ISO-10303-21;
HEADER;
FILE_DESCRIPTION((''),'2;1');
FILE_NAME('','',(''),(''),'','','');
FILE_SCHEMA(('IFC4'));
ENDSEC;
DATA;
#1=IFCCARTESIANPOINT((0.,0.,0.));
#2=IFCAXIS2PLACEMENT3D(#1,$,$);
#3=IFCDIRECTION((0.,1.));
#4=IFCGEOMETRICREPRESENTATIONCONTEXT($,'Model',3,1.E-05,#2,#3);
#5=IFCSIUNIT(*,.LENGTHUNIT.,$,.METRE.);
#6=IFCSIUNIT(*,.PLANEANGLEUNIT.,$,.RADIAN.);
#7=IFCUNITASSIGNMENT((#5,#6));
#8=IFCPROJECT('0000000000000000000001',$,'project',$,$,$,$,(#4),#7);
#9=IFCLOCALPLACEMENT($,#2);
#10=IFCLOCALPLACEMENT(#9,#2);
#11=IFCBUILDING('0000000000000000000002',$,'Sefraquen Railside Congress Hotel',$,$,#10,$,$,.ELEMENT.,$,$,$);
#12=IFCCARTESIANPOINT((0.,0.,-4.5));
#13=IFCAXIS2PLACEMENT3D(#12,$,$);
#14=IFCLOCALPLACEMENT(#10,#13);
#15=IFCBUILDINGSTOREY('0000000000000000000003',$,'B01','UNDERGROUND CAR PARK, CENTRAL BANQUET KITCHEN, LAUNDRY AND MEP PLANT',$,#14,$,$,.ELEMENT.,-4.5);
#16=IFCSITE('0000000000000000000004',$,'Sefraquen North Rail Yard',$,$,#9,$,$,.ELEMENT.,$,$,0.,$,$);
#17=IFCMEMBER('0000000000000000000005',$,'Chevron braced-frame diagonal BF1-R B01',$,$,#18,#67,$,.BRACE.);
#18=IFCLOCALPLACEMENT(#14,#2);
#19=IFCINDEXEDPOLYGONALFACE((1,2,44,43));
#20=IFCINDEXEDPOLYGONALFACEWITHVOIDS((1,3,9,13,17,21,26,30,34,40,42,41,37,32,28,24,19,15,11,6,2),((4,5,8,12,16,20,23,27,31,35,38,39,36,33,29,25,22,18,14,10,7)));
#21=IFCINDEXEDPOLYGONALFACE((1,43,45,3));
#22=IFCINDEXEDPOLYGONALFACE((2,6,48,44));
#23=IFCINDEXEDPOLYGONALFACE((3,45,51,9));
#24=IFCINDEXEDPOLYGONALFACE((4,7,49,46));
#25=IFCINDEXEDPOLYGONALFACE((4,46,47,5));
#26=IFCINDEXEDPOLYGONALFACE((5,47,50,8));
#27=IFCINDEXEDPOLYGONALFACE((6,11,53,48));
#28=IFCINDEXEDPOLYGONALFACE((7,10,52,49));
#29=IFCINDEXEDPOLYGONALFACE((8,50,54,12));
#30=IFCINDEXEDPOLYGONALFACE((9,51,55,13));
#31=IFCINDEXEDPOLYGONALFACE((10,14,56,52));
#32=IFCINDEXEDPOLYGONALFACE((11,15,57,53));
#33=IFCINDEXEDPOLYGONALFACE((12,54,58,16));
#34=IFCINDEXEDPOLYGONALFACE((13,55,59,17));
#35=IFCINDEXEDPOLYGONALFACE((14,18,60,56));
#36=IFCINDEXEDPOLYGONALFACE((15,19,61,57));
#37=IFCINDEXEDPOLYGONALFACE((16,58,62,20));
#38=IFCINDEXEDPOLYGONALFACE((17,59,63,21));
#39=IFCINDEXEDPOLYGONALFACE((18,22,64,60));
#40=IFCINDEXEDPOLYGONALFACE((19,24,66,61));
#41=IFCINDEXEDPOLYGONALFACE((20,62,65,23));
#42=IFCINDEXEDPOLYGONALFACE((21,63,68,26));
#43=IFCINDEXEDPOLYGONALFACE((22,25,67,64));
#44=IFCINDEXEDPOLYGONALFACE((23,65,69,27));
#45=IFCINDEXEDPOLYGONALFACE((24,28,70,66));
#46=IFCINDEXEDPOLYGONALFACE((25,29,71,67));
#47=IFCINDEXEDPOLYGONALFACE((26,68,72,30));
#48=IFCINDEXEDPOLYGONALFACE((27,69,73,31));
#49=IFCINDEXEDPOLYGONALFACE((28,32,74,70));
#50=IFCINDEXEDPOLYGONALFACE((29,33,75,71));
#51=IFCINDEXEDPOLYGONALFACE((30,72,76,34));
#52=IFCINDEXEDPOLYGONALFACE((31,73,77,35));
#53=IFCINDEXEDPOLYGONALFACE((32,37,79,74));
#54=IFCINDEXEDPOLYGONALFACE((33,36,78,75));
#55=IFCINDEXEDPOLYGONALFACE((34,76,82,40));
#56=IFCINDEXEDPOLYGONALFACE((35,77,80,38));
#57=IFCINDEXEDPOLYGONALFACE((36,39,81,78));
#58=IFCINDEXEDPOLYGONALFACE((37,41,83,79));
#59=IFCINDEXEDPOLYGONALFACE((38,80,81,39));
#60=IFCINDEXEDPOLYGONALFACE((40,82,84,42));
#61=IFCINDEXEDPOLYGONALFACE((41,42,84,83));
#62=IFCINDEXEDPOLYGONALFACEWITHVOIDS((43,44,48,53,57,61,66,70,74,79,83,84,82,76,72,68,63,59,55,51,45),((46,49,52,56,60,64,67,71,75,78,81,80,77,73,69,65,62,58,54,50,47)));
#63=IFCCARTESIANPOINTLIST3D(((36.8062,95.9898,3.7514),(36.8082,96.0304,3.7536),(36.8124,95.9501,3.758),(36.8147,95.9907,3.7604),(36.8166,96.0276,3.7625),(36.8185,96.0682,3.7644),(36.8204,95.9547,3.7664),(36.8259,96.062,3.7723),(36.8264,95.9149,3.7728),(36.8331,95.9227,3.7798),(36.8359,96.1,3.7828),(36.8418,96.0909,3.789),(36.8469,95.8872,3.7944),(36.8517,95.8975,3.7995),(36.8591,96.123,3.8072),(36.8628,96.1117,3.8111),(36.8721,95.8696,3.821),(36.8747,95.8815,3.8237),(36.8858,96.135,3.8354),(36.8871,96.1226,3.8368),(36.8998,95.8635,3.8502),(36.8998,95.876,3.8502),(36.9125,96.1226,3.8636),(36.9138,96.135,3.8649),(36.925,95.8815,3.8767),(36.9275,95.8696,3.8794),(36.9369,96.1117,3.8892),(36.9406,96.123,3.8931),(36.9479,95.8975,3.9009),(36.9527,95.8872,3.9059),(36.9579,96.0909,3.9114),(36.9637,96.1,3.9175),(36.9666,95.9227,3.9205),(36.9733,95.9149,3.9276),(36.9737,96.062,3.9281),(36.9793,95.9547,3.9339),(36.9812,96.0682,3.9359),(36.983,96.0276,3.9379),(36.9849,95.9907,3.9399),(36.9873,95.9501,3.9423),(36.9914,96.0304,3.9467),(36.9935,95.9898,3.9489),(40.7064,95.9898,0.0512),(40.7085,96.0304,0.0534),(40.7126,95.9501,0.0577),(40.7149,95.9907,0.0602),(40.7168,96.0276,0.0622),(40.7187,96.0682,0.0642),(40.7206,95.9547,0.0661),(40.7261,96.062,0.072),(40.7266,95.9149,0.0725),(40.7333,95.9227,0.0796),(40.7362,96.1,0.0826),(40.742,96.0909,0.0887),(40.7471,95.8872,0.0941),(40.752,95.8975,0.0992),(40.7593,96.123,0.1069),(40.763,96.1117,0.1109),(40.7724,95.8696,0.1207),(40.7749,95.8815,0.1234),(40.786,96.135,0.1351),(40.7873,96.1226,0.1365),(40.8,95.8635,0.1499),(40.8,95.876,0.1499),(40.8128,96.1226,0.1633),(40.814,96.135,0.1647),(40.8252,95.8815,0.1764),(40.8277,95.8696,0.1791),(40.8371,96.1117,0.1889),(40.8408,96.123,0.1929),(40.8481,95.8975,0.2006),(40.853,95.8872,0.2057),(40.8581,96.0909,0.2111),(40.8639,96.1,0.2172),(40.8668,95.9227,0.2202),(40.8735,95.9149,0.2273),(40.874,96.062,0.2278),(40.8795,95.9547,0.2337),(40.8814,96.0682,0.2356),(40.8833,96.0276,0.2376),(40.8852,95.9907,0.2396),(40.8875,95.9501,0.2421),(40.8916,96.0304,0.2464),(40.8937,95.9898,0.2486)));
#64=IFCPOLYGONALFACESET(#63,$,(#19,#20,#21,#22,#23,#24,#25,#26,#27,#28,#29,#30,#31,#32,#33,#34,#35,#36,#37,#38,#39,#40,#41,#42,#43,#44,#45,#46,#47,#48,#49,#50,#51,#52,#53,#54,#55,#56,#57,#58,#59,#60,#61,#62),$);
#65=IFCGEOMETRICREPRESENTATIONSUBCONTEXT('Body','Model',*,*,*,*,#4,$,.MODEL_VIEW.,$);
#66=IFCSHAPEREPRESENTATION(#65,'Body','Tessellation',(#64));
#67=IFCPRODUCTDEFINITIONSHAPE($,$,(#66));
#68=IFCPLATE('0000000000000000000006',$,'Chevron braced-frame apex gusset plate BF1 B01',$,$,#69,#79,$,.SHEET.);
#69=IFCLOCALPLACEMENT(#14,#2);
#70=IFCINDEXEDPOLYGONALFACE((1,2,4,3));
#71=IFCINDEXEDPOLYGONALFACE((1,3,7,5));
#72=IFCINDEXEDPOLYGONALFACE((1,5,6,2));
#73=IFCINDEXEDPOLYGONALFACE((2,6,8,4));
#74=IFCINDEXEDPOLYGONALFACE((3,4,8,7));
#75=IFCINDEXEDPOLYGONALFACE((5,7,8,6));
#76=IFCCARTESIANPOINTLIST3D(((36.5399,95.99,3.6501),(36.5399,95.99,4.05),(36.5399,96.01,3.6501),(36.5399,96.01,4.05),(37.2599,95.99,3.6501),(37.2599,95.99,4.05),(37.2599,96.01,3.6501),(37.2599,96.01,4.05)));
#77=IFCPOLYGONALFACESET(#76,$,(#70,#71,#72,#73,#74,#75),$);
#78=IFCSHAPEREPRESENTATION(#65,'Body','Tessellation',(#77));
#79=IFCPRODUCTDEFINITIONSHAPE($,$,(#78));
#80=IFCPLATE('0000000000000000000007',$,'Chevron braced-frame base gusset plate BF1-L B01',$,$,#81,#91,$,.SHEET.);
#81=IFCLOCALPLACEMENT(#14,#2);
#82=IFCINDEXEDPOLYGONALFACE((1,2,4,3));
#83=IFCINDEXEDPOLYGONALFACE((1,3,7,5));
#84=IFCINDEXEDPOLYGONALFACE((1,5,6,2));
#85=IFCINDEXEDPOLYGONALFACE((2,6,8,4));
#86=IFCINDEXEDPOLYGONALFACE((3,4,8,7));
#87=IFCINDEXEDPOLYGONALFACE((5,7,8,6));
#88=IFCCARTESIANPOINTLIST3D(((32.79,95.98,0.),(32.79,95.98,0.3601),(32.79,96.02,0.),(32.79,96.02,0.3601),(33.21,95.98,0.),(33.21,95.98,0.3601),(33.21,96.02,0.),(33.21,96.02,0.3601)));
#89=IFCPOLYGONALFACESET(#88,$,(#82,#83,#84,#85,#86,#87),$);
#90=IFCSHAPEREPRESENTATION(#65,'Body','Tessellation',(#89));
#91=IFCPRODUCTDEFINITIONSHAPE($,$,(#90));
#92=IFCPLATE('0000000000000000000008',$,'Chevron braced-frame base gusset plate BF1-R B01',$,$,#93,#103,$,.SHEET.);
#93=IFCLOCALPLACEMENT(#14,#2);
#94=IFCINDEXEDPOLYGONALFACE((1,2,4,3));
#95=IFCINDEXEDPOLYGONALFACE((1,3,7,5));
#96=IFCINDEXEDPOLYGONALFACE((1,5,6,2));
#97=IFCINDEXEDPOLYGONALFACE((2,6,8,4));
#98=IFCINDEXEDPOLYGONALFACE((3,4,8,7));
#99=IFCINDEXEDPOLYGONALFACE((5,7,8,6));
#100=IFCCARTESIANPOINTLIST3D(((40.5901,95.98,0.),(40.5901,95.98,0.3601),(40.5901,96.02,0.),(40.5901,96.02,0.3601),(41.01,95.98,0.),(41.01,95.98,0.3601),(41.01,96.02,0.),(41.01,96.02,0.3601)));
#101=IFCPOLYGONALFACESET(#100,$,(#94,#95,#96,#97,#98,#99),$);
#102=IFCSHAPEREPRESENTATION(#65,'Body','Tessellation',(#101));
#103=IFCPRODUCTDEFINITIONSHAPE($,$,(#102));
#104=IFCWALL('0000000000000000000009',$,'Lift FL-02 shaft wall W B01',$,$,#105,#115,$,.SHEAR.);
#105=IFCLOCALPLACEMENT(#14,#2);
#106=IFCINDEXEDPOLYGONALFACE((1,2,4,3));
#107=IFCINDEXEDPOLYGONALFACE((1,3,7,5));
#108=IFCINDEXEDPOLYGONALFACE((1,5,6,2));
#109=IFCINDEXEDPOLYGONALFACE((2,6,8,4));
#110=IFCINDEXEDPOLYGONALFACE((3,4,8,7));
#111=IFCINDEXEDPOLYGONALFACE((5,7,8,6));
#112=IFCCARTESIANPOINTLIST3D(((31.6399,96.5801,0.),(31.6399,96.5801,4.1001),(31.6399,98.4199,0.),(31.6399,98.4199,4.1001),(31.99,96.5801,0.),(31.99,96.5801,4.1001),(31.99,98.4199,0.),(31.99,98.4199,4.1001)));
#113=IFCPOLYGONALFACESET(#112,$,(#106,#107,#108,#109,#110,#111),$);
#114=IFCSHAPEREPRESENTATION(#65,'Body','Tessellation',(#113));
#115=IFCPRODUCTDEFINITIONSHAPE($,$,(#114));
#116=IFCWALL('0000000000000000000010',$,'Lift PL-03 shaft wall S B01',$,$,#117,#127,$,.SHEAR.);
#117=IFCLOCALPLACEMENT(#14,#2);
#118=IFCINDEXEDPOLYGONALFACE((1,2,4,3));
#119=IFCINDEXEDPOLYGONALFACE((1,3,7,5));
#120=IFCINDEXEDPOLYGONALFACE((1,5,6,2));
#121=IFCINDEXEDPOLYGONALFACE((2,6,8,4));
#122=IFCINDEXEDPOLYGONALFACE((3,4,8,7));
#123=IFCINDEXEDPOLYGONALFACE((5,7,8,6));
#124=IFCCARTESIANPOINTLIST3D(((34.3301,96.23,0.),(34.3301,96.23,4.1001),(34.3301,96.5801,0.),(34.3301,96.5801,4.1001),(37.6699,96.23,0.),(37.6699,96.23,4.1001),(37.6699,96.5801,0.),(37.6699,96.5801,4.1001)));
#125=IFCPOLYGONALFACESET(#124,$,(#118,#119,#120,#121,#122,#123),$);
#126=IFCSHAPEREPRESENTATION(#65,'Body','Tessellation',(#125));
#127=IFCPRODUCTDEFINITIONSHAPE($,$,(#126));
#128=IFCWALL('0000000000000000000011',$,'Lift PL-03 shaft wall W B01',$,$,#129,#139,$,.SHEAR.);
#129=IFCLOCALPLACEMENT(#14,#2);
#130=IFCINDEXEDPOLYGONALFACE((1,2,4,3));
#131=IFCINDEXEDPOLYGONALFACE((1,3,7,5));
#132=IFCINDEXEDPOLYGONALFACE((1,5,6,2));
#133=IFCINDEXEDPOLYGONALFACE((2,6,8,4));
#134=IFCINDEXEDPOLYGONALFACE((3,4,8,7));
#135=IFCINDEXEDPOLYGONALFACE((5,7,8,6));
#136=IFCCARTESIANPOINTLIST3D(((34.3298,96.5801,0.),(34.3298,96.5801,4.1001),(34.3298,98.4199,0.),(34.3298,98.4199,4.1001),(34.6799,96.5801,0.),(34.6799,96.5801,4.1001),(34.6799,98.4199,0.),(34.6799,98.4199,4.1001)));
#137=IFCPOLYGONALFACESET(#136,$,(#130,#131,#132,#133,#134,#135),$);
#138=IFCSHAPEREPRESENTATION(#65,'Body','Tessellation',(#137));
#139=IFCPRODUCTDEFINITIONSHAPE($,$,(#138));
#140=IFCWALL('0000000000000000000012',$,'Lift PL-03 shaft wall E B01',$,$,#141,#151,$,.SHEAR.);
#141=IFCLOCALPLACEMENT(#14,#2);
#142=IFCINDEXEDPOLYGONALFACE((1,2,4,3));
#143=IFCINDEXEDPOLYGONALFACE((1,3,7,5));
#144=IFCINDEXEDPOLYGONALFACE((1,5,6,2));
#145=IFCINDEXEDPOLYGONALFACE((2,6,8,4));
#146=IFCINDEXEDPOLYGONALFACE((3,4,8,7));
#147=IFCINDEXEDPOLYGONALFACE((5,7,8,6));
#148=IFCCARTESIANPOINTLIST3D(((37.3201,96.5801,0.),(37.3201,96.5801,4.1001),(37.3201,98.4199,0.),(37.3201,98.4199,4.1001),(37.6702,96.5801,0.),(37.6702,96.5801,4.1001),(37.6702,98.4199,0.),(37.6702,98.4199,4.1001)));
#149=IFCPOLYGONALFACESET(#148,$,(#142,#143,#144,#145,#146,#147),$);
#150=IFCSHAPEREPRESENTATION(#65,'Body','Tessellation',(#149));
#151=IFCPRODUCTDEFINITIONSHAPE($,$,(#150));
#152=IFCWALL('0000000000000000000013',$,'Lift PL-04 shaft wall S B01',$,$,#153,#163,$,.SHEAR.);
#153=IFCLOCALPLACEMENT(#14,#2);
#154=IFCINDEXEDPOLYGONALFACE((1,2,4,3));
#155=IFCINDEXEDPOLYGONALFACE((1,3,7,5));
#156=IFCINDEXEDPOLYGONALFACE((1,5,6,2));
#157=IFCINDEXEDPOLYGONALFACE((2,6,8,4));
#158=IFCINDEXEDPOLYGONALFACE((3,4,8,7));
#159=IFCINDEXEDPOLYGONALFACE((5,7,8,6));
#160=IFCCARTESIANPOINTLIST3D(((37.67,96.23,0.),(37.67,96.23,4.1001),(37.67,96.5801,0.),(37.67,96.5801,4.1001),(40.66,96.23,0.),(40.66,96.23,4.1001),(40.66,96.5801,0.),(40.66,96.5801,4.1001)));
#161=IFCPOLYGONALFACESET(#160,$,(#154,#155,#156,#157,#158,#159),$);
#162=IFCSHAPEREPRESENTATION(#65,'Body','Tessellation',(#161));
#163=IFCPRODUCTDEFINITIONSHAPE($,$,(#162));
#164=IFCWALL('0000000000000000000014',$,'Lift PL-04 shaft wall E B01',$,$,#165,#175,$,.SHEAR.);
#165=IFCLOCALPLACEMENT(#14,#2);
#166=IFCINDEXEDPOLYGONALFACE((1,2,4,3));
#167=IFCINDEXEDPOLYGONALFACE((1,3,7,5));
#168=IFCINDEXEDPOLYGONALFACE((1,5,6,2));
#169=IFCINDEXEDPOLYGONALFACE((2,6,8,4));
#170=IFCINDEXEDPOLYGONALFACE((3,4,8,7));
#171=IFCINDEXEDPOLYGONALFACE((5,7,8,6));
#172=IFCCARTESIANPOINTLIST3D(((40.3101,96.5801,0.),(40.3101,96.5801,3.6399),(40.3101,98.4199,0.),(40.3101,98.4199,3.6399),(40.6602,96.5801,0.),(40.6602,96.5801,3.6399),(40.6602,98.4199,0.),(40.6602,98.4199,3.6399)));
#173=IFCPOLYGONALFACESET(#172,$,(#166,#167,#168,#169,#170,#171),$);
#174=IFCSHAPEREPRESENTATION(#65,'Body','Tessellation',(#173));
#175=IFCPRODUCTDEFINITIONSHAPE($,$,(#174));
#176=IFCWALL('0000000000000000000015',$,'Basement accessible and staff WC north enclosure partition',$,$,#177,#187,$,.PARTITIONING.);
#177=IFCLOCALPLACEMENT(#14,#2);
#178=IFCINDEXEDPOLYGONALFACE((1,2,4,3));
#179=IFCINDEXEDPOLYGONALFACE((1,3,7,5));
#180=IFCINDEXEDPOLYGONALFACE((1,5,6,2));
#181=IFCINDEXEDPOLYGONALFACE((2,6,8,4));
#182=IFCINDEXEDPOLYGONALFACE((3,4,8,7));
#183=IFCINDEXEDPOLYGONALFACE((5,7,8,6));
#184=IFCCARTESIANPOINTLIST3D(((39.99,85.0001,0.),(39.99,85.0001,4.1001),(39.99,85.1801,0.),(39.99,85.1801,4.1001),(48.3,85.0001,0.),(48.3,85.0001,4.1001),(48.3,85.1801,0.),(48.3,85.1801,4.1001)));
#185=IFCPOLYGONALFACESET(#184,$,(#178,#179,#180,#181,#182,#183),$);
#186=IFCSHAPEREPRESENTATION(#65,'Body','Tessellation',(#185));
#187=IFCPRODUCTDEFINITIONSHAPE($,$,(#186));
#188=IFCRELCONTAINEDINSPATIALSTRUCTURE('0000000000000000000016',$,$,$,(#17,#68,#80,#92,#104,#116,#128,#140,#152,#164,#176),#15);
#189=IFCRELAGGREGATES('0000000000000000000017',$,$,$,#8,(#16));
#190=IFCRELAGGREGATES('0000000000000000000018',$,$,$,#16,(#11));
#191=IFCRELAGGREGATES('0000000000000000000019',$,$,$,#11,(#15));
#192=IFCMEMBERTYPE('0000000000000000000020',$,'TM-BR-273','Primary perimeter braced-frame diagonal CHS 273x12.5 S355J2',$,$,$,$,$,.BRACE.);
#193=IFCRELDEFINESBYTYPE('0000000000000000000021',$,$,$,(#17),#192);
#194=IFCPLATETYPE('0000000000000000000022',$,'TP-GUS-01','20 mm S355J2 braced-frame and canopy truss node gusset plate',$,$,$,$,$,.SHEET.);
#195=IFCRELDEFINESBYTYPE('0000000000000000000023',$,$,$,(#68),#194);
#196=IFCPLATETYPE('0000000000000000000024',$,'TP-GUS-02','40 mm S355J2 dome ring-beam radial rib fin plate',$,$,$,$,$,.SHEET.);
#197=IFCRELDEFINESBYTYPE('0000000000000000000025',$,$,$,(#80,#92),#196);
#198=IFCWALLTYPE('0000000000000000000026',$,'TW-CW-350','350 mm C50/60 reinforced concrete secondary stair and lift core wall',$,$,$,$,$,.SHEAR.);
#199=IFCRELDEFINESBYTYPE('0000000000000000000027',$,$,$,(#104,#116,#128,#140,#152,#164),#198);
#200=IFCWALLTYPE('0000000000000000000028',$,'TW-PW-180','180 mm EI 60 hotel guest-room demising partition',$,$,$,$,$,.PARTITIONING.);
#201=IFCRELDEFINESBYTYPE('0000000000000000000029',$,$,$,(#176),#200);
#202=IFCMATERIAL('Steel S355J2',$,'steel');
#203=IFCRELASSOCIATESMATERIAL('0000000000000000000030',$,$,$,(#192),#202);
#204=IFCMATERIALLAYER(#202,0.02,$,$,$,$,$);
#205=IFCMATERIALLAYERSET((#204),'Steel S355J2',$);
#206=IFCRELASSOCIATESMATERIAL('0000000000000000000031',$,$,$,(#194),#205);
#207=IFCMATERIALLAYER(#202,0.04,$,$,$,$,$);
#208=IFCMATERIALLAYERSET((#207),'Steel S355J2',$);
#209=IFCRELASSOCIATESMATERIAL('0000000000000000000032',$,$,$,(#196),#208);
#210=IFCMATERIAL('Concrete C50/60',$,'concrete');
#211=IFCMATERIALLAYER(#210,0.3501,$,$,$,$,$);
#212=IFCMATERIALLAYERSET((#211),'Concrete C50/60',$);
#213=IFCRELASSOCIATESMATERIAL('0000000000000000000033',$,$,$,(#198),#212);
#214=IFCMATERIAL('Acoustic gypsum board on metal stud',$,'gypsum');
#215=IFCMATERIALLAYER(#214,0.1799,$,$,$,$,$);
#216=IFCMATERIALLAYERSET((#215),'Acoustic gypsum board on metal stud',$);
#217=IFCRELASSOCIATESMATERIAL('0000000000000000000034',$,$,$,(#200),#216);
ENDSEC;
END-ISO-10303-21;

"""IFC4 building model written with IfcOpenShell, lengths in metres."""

from ifc_helpers import new_model, si_unit, direction, frame, frame_2d, origin, origin_2d, place, context, subcontext, project, spatial, rectangle, hollow_circle, extrude, material, layer, layer_set, material_profile, profile_set, type_object, element, save


model = new_model("IFC4")

# Units and contexts
model_context = context("Model", 3, precision=1e-05, world=origin(), true_north=direction((0.0, 1.0)))
body_context = subcontext(model_context, "Body", "Model", "MODEL_VIEW")
ifc_project = project(units=[si_unit("LENGTHUNIT", "METRE"), si_unit("PLANEANGLEUNIT", "RADIAN")], contexts=[model_context])

# Site, building, storey
site_placement = place(None, origin())
site = spatial("IfcSite", under=ifc_project, at=site_placement, Name="Sefraquen North Rail Yard", CompositionType="ELEMENT", RefElevation=0.0)
building_placement = place(site_placement, origin())
building = spatial("IfcBuilding", under=site, at=building_placement, Name="Sefraquen Railside Congress Hotel", CompositionType="ELEMENT")
storey_placement = place(building_placement, frame((0.0, 0.0, -4.5)))
storey = spatial("IfcBuildingStorey", under=building, at=storey_placement, Name="B01", Description="UNDERGROUND CAR PARK, CENTRAL BANQUET KITCHEN, LAUNDRY AND MEP PLANT", CompositionType="ELEMENT", Elevation=-4.5)

# Shared definitions
ifc_material_1 = material(Name="Steel S355J2", Category="steel")
ifc_material_2 = material(Name="Concrete C50/60", Category="concrete")

# Member
ifc_material_profile_1 = material_profile(ifc_material_1, hollow_circle(Radius=0.1365, WallThickness=0.0125, at=origin_2d()), Name="CHS 273x12.5")
ifc_profile_set_1 = profile_set([ifc_material_profile_1], Name="Steel S355J2")
member_type = type_object("IfcMemberType", Name="TM-BR-273", Description="Primary perimeter braced-frame diagonal CHS 273x12.5 S355J2", PredefinedType="BRACE", material=ifc_profile_set_1)
member_1_placement = place(storey_placement, frame((40.8, 96.0, 0.1499), z_axis=(-0.725458, 0.0, 0.688266), x_axis=(0.0, -1.0, 0.0)))
element("IfcMember", 1, at=member_1_placement, inside=storey, type_object=member_type, Name="Chevron braced-frame diagonal BF1-R B01", PredefinedType="BRACE", context=body_context, shape_type="SweptSolid", body=[
    extrude(hollow_circle(Radius=0.1365, WallThickness=0.0125, at=origin_2d()), origin(), (0.0, 0.0, 1.0), 5.3762),
])

# Plates
ifc_layer_1 = layer(ifc_material_1, 0.02)
ifc_layer_set_1 = layer_set([ifc_layer_1], Name="Steel S355J2")
plate_type_1 = type_object("IfcPlateType", Name="TP-GUS-01", Description="20 mm S355J2 braced-frame and canopy truss node gusset plate", PredefinedType="SHEET", material=ifc_layer_set_1)
plate_placement = place(storey_placement, frame((36.8999, 96.0, 3.6501), z_axis=(0.0, 0.0, 1.0), x_axis=(1.0, 0.0, 0.0)))
element("IfcPlate", 2, at=plate_placement, inside=storey, type_object=plate_type_1, Name="Chevron braced-frame apex gusset plate BF1 B01", PredefinedType="SHEET", context=body_context, shape_type="SweptSolid", body=[
    extrude(rectangle(XDim=0.72, YDim=0.02, at=origin_2d()), origin(), (0.0, 0.0, 1.0), 0.3999),
])
ifc_layer_2 = layer(ifc_material_1, 0.04)
ifc_layer_set_2 = layer_set([ifc_layer_2], Name="Steel S355J2")
plate_type_2 = type_object("IfcPlateType", Name="TP-GUS-02", Description="40 mm S355J2 dome ring-beam radial rib fin plate", PredefinedType="SHEET", material=ifc_layer_set_2)
for number, where, z_axis, x_axis, name in (
    (3, (33.0, 96.0, 0.0), (0.0, 0.0, 1.0), (1.0, 0.0, 0.0), "Chevron braced-frame base gusset plate BF1-L B01"),
    (4, (40.8, 96.0, 0.0), (0.0, 0.0, 1.0), (1.0, 0.0, 0.0), "Chevron braced-frame base gusset plate BF1-R B01"),
):
    element("IfcPlate", number, at=place(storey_placement, frame(where, z_axis=z_axis, x_axis=x_axis)), inside=storey, type_object=plate_type_2, Name=name, PredefinedType="SHEET", context=body_context, shape_type="SweptSolid", body=[
        extrude(rectangle(XDim=0.4199, YDim=0.04, at=origin_2d()), origin(), (0.0, 0.0, 1.0), 0.3601),
    ])

# Walls
ifc_layer_3 = layer(ifc_material_2, 0.3501)
ifc_layer_set_3 = layer_set([ifc_layer_3], Name="Concrete C50/60")
wall_type_1 = type_object("IfcWallType", Name="TW-CW-350", Description="350 mm C50/60 reinforced concrete secondary stair and lift core wall", PredefinedType="SHEAR", material=ifc_layer_set_3)
wall_1_placement = place(storey_placement, frame((31.8149, 96.5801, 0.0), z_axis=(0.0, 0.0, 1.0), x_axis=(0.0, 1.0, 0.0)))
element("IfcWall", 5, at=wall_1_placement, inside=storey, type_object=wall_type_1, Name="Lift FL-02 shaft wall W B01", PredefinedType="SHEAR", context=body_context, shape_type="SweptSolid", body=[
    extrude(rectangle(XDim=1.8398, YDim=0.3501, at=frame_2d((0.9199, 0.0))), origin(), (0.0, 0.0, 1.0), 4.1001),
])
wall_2_placement = place(storey_placement, frame((34.3301, 96.405, 0.0), z_axis=(0.0, 0.0, 1.0), x_axis=(1.0, 0.0, 0.0)))
element("IfcWall", 6, at=wall_2_placement, inside=storey, type_object=wall_type_1, Name="Lift PL-03 shaft wall S B01", PredefinedType="SHEAR", context=body_context, shape_type="SweptSolid", body=[
    extrude(rectangle(XDim=3.3398, YDim=0.3501, at=frame_2d((1.6699, 0.0))), origin(), (0.0, 0.0, 1.0), 4.1001),
])
for number, where, z_axis, x_axis, name in (
    (7, (34.5049, 96.5801, 0.0), (0.0, 0.0, 1.0), (0.0, 1.0, 0.0), "Lift PL-03 shaft wall W B01"),
    (8, (37.4951, 96.5801, 0.0), (0.0, 0.0, 1.0), (0.0, 1.0, 0.0), "Lift PL-03 shaft wall E B01"),
):
    element("IfcWall", number, at=place(storey_placement, frame(where, z_axis=z_axis, x_axis=x_axis)), inside=storey, type_object=wall_type_1, Name=name, PredefinedType="SHEAR", context=body_context, shape_type="SweptSolid", body=[
        extrude(rectangle(XDim=1.8398, YDim=0.3501, at=frame_2d((0.9199, 0.0))), origin(), (0.0, 0.0, 1.0), 4.1001),
    ])
wall_3_placement = place(storey_placement, frame((37.6699, 96.405, 0.0), z_axis=(0.0, 0.0, 1.0), x_axis=(1.0, 0.0, 0.0)))
element("IfcWall", 9, at=wall_3_placement, inside=storey, type_object=wall_type_1, Name="Lift PL-04 shaft wall S B01", PredefinedType="SHEAR", context=body_context, shape_type="SweptSolid", body=[
    extrude(rectangle(XDim=2.99, YDim=0.3501, at=frame_2d((1.4951, 0.0))), origin(), (0.0, 0.0, 1.0), 4.1001),
])
wall_4_placement = place(storey_placement, frame((40.4851, 96.5801, 0.0), z_axis=(0.0, 0.0, 1.0), x_axis=(0.0, 1.0, 0.0)))
element("IfcWall", 10, at=wall_4_placement, inside=storey, type_object=wall_type_1, Name="Lift PL-04 shaft wall E B01", PredefinedType="SHEAR", context=body_context, shape_type="SweptSolid", body=[
    extrude(rectangle(XDim=1.8398, YDim=0.3501, at=frame_2d((0.9199, 0.0))), origin(), (0.0, 0.0, 1.0), 3.6399),
])
ifc_material_3 = material(Name="Acoustic gypsum board on metal stud", Category="gypsum")
ifc_layer_4 = layer(ifc_material_3, 0.1799)
ifc_layer_set_4 = layer_set([ifc_layer_4], Name="Acoustic gypsum board on metal stud")
wall_type_2 = type_object("IfcWallType", Name="TW-PW-180", Description="180 mm EI 60 hotel guest-room demising partition", PredefinedType="PARTITIONING", material=ifc_layer_set_4)
wall_5_placement = place(storey_placement, frame((39.99, 85.0901, 0.0), z_axis=(0.0, 0.0, 1.0), x_axis=(1.0, 0.0, 0.0)))
element("IfcWall", 11, at=wall_5_placement, inside=storey, type_object=wall_type_2, Name="Basement accessible and staff WC north enclosure partition", PredefinedType="PARTITIONING", context=body_context, shape_type="SweptSolid", body=[
    extrude(rectangle(XDim=8.3101, YDim=0.1799, at=frame_2d((4.155, 0.0))), origin(), (0.0, 0.0, 1.0), 4.1001),
])

save(model, "model.ifc")
